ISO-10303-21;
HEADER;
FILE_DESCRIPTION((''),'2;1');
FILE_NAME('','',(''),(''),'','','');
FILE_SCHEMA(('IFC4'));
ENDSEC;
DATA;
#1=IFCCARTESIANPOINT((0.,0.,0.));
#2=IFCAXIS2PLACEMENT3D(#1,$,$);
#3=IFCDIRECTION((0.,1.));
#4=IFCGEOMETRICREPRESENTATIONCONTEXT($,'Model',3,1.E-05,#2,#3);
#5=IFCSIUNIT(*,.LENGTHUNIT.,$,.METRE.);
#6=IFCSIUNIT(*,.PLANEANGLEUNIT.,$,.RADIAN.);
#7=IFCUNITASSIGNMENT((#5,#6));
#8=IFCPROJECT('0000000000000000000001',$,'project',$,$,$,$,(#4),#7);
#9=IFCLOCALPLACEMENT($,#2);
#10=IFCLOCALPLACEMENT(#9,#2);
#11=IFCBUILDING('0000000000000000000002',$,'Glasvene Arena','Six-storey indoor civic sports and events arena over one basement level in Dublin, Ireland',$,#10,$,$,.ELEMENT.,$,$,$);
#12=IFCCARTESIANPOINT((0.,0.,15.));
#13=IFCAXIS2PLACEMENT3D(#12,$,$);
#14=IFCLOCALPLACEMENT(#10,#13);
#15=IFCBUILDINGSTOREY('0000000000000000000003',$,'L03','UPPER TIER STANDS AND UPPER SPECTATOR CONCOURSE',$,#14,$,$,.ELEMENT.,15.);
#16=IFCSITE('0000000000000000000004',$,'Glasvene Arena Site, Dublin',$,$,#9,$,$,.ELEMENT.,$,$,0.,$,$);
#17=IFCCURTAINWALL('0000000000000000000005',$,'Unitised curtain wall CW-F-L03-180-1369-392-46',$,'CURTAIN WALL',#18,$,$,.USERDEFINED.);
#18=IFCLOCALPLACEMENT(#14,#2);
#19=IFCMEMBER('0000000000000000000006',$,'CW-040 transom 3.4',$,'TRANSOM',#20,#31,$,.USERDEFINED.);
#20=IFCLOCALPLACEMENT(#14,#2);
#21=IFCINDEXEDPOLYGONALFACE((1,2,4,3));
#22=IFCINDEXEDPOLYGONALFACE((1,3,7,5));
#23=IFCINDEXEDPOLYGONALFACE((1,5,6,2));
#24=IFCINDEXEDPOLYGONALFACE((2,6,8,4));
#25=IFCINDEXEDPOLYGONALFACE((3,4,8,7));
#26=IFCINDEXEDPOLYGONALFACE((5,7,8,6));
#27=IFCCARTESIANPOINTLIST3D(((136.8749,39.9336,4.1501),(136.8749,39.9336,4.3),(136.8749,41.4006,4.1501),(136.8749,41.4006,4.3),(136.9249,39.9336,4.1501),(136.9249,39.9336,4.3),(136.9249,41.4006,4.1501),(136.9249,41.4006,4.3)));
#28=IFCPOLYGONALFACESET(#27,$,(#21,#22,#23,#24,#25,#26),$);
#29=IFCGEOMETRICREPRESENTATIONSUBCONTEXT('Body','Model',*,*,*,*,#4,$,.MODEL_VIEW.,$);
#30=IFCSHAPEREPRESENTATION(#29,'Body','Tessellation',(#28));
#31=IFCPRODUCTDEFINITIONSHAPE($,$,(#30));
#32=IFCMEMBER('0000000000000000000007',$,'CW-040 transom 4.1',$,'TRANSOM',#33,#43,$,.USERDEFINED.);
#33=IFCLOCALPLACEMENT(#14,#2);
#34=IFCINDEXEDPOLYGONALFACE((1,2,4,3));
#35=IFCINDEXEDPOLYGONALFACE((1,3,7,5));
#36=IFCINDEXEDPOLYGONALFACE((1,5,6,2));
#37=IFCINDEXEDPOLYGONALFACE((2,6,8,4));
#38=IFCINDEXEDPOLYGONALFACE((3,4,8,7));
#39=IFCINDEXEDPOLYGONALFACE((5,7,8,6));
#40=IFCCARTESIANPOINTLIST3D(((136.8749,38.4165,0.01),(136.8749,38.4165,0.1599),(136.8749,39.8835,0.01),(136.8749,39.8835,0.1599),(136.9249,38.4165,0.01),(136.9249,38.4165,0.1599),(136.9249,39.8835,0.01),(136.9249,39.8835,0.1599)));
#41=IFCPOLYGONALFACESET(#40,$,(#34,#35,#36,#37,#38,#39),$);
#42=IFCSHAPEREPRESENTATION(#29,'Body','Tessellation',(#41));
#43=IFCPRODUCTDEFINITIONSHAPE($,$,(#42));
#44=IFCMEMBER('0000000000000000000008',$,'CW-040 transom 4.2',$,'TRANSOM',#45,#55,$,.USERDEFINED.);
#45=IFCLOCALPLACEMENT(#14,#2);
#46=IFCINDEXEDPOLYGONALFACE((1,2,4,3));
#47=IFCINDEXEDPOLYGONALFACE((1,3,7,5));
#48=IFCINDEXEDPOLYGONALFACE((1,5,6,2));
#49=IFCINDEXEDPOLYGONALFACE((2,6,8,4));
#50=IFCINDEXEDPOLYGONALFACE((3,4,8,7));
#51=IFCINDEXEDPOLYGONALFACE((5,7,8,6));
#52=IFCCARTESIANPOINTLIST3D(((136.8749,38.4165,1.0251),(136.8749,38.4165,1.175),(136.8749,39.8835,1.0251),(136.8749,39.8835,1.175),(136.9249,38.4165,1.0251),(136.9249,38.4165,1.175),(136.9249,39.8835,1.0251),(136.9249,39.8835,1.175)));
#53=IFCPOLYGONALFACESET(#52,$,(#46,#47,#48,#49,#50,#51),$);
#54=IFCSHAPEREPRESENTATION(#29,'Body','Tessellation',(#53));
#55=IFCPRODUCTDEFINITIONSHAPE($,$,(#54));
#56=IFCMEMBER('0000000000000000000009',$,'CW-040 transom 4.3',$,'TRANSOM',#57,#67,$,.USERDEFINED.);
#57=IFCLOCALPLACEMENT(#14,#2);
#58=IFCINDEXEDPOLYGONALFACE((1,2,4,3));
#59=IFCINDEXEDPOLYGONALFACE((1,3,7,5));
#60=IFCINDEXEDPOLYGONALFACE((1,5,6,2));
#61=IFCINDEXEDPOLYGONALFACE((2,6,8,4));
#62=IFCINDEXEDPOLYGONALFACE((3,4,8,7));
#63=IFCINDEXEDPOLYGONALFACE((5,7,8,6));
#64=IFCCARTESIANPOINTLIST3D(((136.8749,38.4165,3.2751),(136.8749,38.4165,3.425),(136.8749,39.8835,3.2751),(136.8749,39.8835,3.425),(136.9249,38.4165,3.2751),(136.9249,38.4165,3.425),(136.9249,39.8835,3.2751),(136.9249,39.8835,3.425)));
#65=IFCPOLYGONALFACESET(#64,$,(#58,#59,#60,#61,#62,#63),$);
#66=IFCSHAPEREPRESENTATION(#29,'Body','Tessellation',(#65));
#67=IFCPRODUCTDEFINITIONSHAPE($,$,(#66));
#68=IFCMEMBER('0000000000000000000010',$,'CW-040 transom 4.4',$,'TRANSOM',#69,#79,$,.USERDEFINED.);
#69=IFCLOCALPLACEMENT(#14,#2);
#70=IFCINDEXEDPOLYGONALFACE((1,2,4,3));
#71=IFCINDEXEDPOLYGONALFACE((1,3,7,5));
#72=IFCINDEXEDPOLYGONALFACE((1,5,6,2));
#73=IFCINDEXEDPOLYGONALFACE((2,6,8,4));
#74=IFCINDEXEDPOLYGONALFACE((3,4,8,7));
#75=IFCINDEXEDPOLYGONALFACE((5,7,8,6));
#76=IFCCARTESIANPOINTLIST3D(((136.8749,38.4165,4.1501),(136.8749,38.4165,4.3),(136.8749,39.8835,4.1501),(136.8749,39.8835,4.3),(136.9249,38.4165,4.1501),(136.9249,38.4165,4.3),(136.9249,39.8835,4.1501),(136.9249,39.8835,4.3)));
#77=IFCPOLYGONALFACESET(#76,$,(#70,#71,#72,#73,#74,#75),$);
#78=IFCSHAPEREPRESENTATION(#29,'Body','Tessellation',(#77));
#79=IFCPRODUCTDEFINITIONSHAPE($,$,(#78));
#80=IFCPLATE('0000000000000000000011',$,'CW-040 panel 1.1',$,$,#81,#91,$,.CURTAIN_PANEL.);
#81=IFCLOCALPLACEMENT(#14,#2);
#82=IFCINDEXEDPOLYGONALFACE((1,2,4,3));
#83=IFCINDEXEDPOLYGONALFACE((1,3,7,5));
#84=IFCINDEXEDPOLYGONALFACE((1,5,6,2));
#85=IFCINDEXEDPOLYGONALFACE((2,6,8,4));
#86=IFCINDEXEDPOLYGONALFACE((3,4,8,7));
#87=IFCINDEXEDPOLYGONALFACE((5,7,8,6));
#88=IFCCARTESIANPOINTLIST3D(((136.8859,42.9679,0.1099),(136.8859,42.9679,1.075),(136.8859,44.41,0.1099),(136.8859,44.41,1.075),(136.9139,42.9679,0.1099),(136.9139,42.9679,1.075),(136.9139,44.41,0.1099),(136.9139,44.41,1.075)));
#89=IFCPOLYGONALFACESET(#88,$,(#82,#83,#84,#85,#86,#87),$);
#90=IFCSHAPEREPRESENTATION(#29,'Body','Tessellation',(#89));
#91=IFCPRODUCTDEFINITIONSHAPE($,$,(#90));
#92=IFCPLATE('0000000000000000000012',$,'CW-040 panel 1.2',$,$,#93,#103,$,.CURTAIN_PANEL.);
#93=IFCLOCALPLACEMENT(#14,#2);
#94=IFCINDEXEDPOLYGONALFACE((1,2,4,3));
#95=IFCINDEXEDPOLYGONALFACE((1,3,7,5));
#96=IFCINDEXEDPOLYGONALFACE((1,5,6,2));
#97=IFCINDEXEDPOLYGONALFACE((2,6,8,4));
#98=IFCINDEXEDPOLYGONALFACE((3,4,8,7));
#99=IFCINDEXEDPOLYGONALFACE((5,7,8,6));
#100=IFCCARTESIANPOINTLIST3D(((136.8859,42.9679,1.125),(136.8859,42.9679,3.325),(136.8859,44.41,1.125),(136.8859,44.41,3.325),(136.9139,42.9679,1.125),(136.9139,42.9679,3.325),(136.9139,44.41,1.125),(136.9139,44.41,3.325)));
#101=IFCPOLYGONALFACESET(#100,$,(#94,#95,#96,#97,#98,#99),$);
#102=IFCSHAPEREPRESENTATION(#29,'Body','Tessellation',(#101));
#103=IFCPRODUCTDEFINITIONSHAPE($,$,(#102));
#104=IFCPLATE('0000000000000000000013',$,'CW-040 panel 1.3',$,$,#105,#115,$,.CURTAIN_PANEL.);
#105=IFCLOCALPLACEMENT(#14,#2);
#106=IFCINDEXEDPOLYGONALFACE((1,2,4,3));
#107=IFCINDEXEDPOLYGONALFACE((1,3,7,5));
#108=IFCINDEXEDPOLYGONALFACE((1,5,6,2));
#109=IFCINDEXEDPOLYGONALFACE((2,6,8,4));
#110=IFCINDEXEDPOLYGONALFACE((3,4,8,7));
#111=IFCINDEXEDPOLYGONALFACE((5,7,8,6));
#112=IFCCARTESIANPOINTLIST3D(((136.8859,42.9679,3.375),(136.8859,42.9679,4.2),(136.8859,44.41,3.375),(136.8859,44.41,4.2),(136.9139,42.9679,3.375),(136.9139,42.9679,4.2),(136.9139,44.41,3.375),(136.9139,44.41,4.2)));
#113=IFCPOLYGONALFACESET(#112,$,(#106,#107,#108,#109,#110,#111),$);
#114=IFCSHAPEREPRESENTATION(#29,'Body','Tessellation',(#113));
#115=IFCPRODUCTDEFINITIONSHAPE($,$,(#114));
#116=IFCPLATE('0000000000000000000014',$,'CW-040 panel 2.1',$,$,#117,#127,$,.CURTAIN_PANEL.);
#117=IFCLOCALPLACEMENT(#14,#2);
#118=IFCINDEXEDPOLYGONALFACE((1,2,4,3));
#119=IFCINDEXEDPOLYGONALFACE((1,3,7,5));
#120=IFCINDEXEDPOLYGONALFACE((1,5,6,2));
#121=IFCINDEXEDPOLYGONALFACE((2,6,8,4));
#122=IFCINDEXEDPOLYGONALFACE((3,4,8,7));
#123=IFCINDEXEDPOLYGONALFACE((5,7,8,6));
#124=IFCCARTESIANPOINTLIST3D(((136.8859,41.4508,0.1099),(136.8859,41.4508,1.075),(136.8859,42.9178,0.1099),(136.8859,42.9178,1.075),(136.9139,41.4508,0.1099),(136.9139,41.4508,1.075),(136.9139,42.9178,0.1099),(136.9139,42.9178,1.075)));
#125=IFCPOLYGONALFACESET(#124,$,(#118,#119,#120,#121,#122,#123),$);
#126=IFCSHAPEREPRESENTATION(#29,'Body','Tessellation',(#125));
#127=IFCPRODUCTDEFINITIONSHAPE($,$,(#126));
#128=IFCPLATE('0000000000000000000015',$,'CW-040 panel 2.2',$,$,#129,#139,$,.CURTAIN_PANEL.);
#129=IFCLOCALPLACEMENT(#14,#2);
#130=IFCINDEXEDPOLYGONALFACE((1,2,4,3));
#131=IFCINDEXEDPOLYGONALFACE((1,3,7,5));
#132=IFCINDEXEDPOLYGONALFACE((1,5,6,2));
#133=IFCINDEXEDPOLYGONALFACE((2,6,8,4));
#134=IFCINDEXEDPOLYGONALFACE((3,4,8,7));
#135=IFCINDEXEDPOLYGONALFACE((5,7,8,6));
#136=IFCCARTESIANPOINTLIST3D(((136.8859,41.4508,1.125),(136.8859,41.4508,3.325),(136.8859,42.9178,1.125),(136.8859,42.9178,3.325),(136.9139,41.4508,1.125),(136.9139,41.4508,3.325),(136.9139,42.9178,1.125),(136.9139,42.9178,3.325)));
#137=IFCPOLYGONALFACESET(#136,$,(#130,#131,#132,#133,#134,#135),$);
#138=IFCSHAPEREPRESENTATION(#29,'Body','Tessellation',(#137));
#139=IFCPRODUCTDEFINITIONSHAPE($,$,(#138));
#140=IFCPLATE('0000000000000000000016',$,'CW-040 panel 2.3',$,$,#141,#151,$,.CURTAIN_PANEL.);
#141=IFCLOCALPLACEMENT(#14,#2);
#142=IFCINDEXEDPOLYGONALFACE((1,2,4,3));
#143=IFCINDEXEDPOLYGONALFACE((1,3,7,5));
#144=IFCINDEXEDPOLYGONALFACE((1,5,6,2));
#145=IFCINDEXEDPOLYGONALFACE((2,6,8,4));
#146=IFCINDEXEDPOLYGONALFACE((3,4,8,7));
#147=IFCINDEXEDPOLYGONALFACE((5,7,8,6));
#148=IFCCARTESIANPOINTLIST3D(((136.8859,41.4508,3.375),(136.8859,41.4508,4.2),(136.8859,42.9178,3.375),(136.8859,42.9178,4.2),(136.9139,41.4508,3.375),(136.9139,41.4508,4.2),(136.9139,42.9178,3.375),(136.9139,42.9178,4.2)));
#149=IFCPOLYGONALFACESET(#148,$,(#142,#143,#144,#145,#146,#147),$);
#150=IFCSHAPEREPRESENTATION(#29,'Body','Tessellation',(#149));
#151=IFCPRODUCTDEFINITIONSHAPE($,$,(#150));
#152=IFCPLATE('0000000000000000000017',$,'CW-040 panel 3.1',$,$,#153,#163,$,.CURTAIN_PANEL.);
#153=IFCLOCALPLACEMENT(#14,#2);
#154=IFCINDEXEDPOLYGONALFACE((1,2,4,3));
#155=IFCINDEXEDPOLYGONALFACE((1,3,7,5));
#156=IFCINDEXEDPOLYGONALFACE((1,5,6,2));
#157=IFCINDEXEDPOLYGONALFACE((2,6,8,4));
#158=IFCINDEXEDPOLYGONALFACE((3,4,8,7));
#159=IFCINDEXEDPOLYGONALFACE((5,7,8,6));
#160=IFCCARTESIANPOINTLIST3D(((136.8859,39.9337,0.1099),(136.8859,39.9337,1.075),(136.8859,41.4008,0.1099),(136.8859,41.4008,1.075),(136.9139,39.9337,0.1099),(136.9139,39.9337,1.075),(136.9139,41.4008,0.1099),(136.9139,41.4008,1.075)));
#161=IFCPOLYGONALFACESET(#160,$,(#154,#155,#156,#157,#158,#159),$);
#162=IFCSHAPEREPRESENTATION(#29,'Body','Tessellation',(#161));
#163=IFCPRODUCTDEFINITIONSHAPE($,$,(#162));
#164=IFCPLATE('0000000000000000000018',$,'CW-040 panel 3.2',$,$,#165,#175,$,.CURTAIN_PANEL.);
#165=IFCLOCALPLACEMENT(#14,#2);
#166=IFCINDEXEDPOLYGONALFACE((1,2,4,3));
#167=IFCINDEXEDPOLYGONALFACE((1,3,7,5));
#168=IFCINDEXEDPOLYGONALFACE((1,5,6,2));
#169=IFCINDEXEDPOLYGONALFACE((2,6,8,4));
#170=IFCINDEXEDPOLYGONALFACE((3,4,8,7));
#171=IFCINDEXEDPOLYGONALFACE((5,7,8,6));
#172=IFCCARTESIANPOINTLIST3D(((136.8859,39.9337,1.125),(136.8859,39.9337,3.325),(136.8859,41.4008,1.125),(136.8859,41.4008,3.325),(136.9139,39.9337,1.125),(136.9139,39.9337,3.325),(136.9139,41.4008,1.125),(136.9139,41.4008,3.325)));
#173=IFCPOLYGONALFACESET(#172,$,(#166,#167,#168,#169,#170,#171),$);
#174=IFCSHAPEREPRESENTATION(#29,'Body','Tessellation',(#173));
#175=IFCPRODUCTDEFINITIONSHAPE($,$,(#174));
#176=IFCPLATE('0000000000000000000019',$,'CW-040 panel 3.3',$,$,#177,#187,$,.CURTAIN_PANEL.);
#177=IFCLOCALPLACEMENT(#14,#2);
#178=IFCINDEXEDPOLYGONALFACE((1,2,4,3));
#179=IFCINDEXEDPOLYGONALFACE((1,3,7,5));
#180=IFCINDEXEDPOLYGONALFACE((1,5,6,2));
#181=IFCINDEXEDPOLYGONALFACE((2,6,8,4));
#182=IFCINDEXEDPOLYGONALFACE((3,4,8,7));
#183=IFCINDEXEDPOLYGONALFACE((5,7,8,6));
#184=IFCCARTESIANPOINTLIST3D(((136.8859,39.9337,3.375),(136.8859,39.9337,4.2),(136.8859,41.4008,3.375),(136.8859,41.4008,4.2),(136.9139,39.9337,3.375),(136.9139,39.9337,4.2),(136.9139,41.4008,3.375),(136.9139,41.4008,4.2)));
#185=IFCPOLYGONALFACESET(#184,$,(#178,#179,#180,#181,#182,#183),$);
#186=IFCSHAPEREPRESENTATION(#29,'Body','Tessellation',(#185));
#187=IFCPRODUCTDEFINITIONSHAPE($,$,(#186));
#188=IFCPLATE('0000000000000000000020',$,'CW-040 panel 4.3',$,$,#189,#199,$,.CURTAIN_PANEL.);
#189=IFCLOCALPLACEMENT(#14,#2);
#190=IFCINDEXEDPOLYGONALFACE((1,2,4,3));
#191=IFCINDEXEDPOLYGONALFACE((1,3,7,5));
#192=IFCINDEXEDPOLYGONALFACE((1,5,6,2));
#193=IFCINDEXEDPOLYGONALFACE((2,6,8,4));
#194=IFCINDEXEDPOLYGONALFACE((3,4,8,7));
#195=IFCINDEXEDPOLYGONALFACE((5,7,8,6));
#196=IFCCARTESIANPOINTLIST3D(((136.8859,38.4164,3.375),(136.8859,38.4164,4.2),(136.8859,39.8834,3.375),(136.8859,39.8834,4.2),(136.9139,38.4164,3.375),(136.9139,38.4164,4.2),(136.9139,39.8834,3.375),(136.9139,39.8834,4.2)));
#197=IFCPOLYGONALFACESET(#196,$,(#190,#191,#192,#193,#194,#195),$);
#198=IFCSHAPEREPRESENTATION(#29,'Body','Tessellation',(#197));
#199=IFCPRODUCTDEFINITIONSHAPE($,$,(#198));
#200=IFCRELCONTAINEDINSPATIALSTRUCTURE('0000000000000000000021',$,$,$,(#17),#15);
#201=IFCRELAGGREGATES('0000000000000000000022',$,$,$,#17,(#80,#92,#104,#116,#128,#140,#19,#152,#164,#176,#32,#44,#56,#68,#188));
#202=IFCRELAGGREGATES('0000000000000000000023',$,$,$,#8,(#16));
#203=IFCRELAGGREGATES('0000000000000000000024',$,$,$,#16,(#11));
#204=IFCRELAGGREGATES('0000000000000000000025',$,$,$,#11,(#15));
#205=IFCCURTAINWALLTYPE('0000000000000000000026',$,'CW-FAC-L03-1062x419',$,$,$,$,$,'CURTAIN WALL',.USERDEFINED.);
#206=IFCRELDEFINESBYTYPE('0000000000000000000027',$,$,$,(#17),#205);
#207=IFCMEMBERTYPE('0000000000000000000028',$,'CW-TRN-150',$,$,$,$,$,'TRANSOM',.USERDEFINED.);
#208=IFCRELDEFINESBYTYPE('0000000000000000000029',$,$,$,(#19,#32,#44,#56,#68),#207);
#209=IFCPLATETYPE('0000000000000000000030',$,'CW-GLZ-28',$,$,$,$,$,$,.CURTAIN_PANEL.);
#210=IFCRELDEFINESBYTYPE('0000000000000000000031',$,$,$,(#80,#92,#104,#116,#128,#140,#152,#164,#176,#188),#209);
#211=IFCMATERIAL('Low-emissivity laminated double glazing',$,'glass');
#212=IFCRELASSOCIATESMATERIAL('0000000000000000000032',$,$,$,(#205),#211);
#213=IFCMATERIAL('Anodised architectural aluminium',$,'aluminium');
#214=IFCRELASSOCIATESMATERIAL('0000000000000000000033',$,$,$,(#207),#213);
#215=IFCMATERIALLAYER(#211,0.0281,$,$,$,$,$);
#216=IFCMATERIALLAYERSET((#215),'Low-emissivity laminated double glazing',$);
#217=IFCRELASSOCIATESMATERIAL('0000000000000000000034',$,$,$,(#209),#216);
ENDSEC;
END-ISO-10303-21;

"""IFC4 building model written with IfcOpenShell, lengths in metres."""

from ifc_helpers import new_model, si_unit, direction, frame, origin, origin_2d, place, context, subcontext, project, spatial, rectangle, extrude, material, layer, layer_set, material_profile, profile_set, type_object, element, aggregate, save


model = new_model("IFC4")

# Units and contexts
model_context = context("Model", 3, precision=1e-05, world=origin(), true_north=direction((0.0, 1.0)))
body_context = subcontext(model_context, "Body", "Model", "MODEL_VIEW")
ifc_project = project(units=[si_unit("LENGTHUNIT", "METRE"), si_unit("PLANEANGLEUNIT", "RADIAN")], contexts=[model_context])

# Site, building, storey
site_placement = place(None, origin())
site = spatial("IfcSite", under=ifc_project, at=site_placement, Name="Glasvene Arena Site, Dublin", CompositionType="ELEMENT", RefElevation=0.0)
building_placement = place(site_placement, origin())
building = spatial("IfcBuilding", under=site, at=building_placement, Name="Glasvene Arena", Description="Six-storey indoor civic sports and events arena over one basement level in Dublin, Ireland", CompositionType="ELEMENT")
storey_placement = place(building_placement, frame((0.0, 0.0, 15.0)))
storey = spatial("IfcBuildingStorey", under=building, at=storey_placement, Name="L03", Description="UPPER TIER STANDS AND UPPER SPECTATOR CONCOURSE", CompositionType="ELEMENT", Elevation=15.0)

# Curtain wall, members, plates
ifc_material_1 = material(Name="Low-emissivity laminated double glazing", Category="glass")
curtain_wall_type = type_object("IfcCurtainWallType", Name="CW-FAC-L03-1062x419", ElementType="CURTAIN WALL", PredefinedType="USERDEFINED", material=ifc_material_1)
curtain_wall_placement = place(storey_placement, frame((136.8999, 44.46, 0.0)))
curtain_wall = element("IfcCurtainWall", 1, at=curtain_wall_placement, inside=storey, type_object=curtain_wall_type, Name="Unitised curtain wall CW-F-L03-180-1369-392-46", ObjectType="CURTAIN WALL", PredefinedType="USERDEFINED")
ifc_material_2 = material(Name="Anodised architectural aluminium", Category="aluminium")
ifc_material_profile_1 = material_profile(ifc_material_2, rectangle(XDim=0.05, YDim=0.1499, at=origin_2d()), Name="ALU TRANSOM 50x150")
ifc_profile_set_1 = profile_set([ifc_material_profile_1], Name="Anodised architectural aluminium")
member_type_1 = type_object("IfcMemberType", Name="CW-TRN-150", ElementType="TRANSOM", PredefinedType="USERDEFINED", material=ifc_profile_set_1)
member_1_placement = place(storey_placement, frame((136.8999, 41.4006, 4.2251), z_axis=(0.0, -1.0, 0.0), x_axis=(1.0, 0.0, 0.0)))
member_1 = element("IfcMember", 2, at=member_1_placement, type_object=member_type_1, Name="CW-040 transom 3.4", ObjectType="TRANSOM", PredefinedType="USERDEFINED", context=body_context, shape_type="SweptSolid", body=[
    extrude(rectangle(XDim=0.05, YDim=0.1499, at=origin_2d()), origin(), (0.0, 0.0, 1.0), 1.467),
])
member_2_placement = place(storey_placement, frame((136.8999, 39.8835, 0.085), z_axis=(0.0, -1.0, 0.0), x_axis=(1.0, 0.0, 0.0)))
member_2 = element("IfcMember", 3, at=member_2_placement, type_object=member_type_1, Name="CW-040 transom 4.1", ObjectType="TRANSOM", PredefinedType="USERDEFINED", context=body_context, shape_type="SweptSolid", body=[
    extrude(rectangle(XDim=0.05, YDim=0.1499, at=origin_2d()), origin(), (0.0, 0.0, 1.0), 1.467),
])
member_3_placement = place(storey_placement, frame((136.8999, 39.8835, 1.1001), z_axis=(0.0, -1.0, 0.0), x_axis=(1.0, 0.0, 0.0)))
member_3 = element("IfcMember", 4, at=member_3_placement, type_object=member_type_1, Name="CW-040 transom 4.2", ObjectType="TRANSOM", PredefinedType="USERDEFINED", context=body_context, shape_type="SweptSolid", body=[
    extrude(rectangle(XDim=0.05, YDim=0.1499, at=origin_2d()), origin(), (0.0, 0.0, 1.0), 1.467),
])
member_4_placement = place(storey_placement, frame((136.8999, 39.8835, 3.3501), z_axis=(0.0, -1.0, 0.0), x_axis=(1.0, 0.0, 0.0)))
member_4 = element("IfcMember", 5, at=member_4_placement, type_object=member_type_1, Name="CW-040 transom 4.3", ObjectType="TRANSOM", PredefinedType="USERDEFINED", context=body_context, shape_type="SweptSolid", body=[
    extrude(rectangle(XDim=0.05, YDim=0.1499, at=origin_2d()), origin(), (0.0, 0.0, 1.0), 1.467),
])
member_5_placement = place(storey_placement, frame((136.8999, 39.8835, 4.2251), z_axis=(0.0, -1.0, 0.0), x_axis=(1.0, 0.0, 0.0)))
member_5 = element("IfcMember", 6, at=member_5_placement, type_object=member_type_1, Name="CW-040 transom 4.4", ObjectType="TRANSOM", PredefinedType="USERDEFINED", context=body_context, shape_type="SweptSolid", body=[
    extrude(rectangle(XDim=0.05, YDim=0.1499, at=origin_2d()), origin(), (0.0, 0.0, 1.0), 1.467),
])
ifc_layer_1 = layer(ifc_material_1, 0.0281)
ifc_layer_set_1 = layer_set([ifc_layer_1], Name="Low-emissivity laminated double glazing")
plate_type = type_object("IfcPlateType", Name="CW-GLZ-28", PredefinedType="CURTAIN_PANEL", material=ifc_layer_set_1)
plate_1_placement = place(storey_placement, frame((136.8999, 43.689, 0.1099), z_axis=(0.0, 0.0, 1.0), x_axis=(0.0, -1.0, 0.0)))
plate_1 = element("IfcPlate", 7, at=plate_1_placement, type_object=plate_type, Name="CW-040 panel 1.1", PredefinedType="CURTAIN_PANEL", context=body_context, shape_type="SweptSolid", body=[
    extrude(rectangle(XDim=1.4421, YDim=0.0281, at=origin_2d()), origin(), (0.0, 0.0, 1.0), 0.9651),
])
plate_2_placement = place(storey_placement, frame((136.8999, 43.689, 1.125), z_axis=(0.0, 0.0, 1.0), x_axis=(0.0, -1.0, 0.0)))
plate_2 = element("IfcPlate", 8, at=plate_2_placement, type_object=plate_type, Name="CW-040 panel 1.2", PredefinedType="CURTAIN_PANEL", context=body_context, shape_type="SweptSolid", body=[
    extrude(rectangle(XDim=1.4421, YDim=0.0281, at=origin_2d()), origin(), (0.0, 0.0, 1.0), 2.2),
])
plate_3_placement = place(storey_placement, frame((136.8999, 43.689, 3.375), z_axis=(0.0, 0.0, 1.0), x_axis=(0.0, -1.0, 0.0)))
plate_3 = element("IfcPlate", 9, at=plate_3_placement, type_object=plate_type, Name="CW-040 panel 1.3", PredefinedType="CURTAIN_PANEL", context=body_context, shape_type="SweptSolid", body=[
    extrude(rectangle(XDim=1.4421, YDim=0.0281, at=origin_2d()), origin(), (0.0, 0.0, 1.0), 0.825),
])
plate_4_placement = place(storey_placement, frame((136.8999, 42.1843, 0.1099), z_axis=(0.0, 0.0, 1.0), x_axis=(0.0, -1.0, 0.0)))
plate_4 = element("IfcPlate", 10, at=plate_4_placement, type_object=plate_type, Name="CW-040 panel 2.1", PredefinedType="CURTAIN_PANEL", context=body_context, shape_type="SweptSolid", body=[
    extrude(rectangle(XDim=1.467, YDim=0.0281, at=origin_2d()), origin(), (0.0, 0.0, 1.0), 0.9651),
])
plate_5_placement = place(storey_placement, frame((136.8999, 42.1843, 1.125), z_axis=(0.0, 0.0, 1.0), x_axis=(0.0, -1.0, 0.0)))
plate_5 = element("IfcPlate", 11, at=plate_5_placement, type_object=plate_type, Name="CW-040 panel 2.2", PredefinedType="CURTAIN_PANEL", context=body_context, shape_type="SweptSolid", body=[
    extrude(rectangle(XDim=1.467, YDim=0.0281, at=origin_2d()), origin(), (0.0, 0.0, 1.0), 2.2),
])
plate_6_placement = place(storey_placement, frame((136.8999, 42.1843, 3.375), z_axis=(0.0, 0.0, 1.0), x_axis=(0.0, -1.0, 0.0)))
plate_6 = element("IfcPlate", 12, at=plate_6_placement, type_object=plate_type, Name="CW-040 panel 2.3", PredefinedType="CURTAIN_PANEL", context=body_context, shape_type="SweptSolid", body=[
    extrude(rectangle(XDim=1.467, YDim=0.0281, at=origin_2d()), origin(), (0.0, 0.0, 1.0), 0.825),
])
plate_7_placement = place(storey_placement, frame((136.8999, 40.6672, 0.1099), z_axis=(0.0, 0.0, 1.0), x_axis=(0.0, -1.0, 0.0)))
plate_7 = element("IfcPlate", 13, at=plate_7_placement, type_object=plate_type, Name="CW-040 panel 3.1", PredefinedType="CURTAIN_PANEL", context=body_context, shape_type="SweptSolid", body=[
    extrude(rectangle(XDim=1.467, YDim=0.0281, at=origin_2d()), origin(), (0.0, 0.0, 1.0), 0.9651),
])
plate_8_placement = place(storey_placement, frame((136.8999, 40.6672, 1.125), z_axis=(0.0, 0.0, 1.0), x_axis=(0.0, -1.0, 0.0)))
plate_8 = element("IfcPlate", 14, at=plate_8_placement, type_object=plate_type, Name="CW-040 panel 3.2", PredefinedType="CURTAIN_PANEL", context=body_context, shape_type="SweptSolid", body=[
    extrude(rectangle(XDim=1.467, YDim=0.0281, at=origin_2d()), origin(), (0.0, 0.0, 1.0), 2.2),
])
plate_9_placement = place(storey_placement, frame((136.8999, 40.6672, 3.375), z_axis=(0.0, 0.0, 1.0), x_axis=(0.0, -1.0, 0.0)))
plate_9 = element("IfcPlate", 15, at=plate_9_placement, type_object=plate_type, Name="CW-040 panel 3.3", PredefinedType="CURTAIN_PANEL", context=body_context, shape_type="SweptSolid", body=[
    extrude(rectangle(XDim=1.467, YDim=0.0281, at=origin_2d()), origin(), (0.0, 0.0, 1.0), 0.825),
])
plate_10_placement = place(storey_placement, frame((136.8999, 39.1499, 3.375), z_axis=(0.0, 0.0, 1.0), x_axis=(0.0, -1.0, 0.0)))
plate_10 = element("IfcPlate", 16, at=plate_10_placement, type_object=plate_type, Name="CW-040 panel 4.3", PredefinedType="CURTAIN_PANEL", context=body_context, shape_type="SweptSolid", body=[
    extrude(rectangle(XDim=1.467, YDim=0.0281, at=origin_2d()), origin(), (0.0, 0.0, 1.0), 0.825),
])
aggregate(curtain_wall, [plate_1, plate_2, plate_3, plate_4, plate_5, plate_6, member_1, plate_7, plate_8, plate_9, member_2, member_3, member_4, member_5, plate_10])

save(model, "model.ifc")
